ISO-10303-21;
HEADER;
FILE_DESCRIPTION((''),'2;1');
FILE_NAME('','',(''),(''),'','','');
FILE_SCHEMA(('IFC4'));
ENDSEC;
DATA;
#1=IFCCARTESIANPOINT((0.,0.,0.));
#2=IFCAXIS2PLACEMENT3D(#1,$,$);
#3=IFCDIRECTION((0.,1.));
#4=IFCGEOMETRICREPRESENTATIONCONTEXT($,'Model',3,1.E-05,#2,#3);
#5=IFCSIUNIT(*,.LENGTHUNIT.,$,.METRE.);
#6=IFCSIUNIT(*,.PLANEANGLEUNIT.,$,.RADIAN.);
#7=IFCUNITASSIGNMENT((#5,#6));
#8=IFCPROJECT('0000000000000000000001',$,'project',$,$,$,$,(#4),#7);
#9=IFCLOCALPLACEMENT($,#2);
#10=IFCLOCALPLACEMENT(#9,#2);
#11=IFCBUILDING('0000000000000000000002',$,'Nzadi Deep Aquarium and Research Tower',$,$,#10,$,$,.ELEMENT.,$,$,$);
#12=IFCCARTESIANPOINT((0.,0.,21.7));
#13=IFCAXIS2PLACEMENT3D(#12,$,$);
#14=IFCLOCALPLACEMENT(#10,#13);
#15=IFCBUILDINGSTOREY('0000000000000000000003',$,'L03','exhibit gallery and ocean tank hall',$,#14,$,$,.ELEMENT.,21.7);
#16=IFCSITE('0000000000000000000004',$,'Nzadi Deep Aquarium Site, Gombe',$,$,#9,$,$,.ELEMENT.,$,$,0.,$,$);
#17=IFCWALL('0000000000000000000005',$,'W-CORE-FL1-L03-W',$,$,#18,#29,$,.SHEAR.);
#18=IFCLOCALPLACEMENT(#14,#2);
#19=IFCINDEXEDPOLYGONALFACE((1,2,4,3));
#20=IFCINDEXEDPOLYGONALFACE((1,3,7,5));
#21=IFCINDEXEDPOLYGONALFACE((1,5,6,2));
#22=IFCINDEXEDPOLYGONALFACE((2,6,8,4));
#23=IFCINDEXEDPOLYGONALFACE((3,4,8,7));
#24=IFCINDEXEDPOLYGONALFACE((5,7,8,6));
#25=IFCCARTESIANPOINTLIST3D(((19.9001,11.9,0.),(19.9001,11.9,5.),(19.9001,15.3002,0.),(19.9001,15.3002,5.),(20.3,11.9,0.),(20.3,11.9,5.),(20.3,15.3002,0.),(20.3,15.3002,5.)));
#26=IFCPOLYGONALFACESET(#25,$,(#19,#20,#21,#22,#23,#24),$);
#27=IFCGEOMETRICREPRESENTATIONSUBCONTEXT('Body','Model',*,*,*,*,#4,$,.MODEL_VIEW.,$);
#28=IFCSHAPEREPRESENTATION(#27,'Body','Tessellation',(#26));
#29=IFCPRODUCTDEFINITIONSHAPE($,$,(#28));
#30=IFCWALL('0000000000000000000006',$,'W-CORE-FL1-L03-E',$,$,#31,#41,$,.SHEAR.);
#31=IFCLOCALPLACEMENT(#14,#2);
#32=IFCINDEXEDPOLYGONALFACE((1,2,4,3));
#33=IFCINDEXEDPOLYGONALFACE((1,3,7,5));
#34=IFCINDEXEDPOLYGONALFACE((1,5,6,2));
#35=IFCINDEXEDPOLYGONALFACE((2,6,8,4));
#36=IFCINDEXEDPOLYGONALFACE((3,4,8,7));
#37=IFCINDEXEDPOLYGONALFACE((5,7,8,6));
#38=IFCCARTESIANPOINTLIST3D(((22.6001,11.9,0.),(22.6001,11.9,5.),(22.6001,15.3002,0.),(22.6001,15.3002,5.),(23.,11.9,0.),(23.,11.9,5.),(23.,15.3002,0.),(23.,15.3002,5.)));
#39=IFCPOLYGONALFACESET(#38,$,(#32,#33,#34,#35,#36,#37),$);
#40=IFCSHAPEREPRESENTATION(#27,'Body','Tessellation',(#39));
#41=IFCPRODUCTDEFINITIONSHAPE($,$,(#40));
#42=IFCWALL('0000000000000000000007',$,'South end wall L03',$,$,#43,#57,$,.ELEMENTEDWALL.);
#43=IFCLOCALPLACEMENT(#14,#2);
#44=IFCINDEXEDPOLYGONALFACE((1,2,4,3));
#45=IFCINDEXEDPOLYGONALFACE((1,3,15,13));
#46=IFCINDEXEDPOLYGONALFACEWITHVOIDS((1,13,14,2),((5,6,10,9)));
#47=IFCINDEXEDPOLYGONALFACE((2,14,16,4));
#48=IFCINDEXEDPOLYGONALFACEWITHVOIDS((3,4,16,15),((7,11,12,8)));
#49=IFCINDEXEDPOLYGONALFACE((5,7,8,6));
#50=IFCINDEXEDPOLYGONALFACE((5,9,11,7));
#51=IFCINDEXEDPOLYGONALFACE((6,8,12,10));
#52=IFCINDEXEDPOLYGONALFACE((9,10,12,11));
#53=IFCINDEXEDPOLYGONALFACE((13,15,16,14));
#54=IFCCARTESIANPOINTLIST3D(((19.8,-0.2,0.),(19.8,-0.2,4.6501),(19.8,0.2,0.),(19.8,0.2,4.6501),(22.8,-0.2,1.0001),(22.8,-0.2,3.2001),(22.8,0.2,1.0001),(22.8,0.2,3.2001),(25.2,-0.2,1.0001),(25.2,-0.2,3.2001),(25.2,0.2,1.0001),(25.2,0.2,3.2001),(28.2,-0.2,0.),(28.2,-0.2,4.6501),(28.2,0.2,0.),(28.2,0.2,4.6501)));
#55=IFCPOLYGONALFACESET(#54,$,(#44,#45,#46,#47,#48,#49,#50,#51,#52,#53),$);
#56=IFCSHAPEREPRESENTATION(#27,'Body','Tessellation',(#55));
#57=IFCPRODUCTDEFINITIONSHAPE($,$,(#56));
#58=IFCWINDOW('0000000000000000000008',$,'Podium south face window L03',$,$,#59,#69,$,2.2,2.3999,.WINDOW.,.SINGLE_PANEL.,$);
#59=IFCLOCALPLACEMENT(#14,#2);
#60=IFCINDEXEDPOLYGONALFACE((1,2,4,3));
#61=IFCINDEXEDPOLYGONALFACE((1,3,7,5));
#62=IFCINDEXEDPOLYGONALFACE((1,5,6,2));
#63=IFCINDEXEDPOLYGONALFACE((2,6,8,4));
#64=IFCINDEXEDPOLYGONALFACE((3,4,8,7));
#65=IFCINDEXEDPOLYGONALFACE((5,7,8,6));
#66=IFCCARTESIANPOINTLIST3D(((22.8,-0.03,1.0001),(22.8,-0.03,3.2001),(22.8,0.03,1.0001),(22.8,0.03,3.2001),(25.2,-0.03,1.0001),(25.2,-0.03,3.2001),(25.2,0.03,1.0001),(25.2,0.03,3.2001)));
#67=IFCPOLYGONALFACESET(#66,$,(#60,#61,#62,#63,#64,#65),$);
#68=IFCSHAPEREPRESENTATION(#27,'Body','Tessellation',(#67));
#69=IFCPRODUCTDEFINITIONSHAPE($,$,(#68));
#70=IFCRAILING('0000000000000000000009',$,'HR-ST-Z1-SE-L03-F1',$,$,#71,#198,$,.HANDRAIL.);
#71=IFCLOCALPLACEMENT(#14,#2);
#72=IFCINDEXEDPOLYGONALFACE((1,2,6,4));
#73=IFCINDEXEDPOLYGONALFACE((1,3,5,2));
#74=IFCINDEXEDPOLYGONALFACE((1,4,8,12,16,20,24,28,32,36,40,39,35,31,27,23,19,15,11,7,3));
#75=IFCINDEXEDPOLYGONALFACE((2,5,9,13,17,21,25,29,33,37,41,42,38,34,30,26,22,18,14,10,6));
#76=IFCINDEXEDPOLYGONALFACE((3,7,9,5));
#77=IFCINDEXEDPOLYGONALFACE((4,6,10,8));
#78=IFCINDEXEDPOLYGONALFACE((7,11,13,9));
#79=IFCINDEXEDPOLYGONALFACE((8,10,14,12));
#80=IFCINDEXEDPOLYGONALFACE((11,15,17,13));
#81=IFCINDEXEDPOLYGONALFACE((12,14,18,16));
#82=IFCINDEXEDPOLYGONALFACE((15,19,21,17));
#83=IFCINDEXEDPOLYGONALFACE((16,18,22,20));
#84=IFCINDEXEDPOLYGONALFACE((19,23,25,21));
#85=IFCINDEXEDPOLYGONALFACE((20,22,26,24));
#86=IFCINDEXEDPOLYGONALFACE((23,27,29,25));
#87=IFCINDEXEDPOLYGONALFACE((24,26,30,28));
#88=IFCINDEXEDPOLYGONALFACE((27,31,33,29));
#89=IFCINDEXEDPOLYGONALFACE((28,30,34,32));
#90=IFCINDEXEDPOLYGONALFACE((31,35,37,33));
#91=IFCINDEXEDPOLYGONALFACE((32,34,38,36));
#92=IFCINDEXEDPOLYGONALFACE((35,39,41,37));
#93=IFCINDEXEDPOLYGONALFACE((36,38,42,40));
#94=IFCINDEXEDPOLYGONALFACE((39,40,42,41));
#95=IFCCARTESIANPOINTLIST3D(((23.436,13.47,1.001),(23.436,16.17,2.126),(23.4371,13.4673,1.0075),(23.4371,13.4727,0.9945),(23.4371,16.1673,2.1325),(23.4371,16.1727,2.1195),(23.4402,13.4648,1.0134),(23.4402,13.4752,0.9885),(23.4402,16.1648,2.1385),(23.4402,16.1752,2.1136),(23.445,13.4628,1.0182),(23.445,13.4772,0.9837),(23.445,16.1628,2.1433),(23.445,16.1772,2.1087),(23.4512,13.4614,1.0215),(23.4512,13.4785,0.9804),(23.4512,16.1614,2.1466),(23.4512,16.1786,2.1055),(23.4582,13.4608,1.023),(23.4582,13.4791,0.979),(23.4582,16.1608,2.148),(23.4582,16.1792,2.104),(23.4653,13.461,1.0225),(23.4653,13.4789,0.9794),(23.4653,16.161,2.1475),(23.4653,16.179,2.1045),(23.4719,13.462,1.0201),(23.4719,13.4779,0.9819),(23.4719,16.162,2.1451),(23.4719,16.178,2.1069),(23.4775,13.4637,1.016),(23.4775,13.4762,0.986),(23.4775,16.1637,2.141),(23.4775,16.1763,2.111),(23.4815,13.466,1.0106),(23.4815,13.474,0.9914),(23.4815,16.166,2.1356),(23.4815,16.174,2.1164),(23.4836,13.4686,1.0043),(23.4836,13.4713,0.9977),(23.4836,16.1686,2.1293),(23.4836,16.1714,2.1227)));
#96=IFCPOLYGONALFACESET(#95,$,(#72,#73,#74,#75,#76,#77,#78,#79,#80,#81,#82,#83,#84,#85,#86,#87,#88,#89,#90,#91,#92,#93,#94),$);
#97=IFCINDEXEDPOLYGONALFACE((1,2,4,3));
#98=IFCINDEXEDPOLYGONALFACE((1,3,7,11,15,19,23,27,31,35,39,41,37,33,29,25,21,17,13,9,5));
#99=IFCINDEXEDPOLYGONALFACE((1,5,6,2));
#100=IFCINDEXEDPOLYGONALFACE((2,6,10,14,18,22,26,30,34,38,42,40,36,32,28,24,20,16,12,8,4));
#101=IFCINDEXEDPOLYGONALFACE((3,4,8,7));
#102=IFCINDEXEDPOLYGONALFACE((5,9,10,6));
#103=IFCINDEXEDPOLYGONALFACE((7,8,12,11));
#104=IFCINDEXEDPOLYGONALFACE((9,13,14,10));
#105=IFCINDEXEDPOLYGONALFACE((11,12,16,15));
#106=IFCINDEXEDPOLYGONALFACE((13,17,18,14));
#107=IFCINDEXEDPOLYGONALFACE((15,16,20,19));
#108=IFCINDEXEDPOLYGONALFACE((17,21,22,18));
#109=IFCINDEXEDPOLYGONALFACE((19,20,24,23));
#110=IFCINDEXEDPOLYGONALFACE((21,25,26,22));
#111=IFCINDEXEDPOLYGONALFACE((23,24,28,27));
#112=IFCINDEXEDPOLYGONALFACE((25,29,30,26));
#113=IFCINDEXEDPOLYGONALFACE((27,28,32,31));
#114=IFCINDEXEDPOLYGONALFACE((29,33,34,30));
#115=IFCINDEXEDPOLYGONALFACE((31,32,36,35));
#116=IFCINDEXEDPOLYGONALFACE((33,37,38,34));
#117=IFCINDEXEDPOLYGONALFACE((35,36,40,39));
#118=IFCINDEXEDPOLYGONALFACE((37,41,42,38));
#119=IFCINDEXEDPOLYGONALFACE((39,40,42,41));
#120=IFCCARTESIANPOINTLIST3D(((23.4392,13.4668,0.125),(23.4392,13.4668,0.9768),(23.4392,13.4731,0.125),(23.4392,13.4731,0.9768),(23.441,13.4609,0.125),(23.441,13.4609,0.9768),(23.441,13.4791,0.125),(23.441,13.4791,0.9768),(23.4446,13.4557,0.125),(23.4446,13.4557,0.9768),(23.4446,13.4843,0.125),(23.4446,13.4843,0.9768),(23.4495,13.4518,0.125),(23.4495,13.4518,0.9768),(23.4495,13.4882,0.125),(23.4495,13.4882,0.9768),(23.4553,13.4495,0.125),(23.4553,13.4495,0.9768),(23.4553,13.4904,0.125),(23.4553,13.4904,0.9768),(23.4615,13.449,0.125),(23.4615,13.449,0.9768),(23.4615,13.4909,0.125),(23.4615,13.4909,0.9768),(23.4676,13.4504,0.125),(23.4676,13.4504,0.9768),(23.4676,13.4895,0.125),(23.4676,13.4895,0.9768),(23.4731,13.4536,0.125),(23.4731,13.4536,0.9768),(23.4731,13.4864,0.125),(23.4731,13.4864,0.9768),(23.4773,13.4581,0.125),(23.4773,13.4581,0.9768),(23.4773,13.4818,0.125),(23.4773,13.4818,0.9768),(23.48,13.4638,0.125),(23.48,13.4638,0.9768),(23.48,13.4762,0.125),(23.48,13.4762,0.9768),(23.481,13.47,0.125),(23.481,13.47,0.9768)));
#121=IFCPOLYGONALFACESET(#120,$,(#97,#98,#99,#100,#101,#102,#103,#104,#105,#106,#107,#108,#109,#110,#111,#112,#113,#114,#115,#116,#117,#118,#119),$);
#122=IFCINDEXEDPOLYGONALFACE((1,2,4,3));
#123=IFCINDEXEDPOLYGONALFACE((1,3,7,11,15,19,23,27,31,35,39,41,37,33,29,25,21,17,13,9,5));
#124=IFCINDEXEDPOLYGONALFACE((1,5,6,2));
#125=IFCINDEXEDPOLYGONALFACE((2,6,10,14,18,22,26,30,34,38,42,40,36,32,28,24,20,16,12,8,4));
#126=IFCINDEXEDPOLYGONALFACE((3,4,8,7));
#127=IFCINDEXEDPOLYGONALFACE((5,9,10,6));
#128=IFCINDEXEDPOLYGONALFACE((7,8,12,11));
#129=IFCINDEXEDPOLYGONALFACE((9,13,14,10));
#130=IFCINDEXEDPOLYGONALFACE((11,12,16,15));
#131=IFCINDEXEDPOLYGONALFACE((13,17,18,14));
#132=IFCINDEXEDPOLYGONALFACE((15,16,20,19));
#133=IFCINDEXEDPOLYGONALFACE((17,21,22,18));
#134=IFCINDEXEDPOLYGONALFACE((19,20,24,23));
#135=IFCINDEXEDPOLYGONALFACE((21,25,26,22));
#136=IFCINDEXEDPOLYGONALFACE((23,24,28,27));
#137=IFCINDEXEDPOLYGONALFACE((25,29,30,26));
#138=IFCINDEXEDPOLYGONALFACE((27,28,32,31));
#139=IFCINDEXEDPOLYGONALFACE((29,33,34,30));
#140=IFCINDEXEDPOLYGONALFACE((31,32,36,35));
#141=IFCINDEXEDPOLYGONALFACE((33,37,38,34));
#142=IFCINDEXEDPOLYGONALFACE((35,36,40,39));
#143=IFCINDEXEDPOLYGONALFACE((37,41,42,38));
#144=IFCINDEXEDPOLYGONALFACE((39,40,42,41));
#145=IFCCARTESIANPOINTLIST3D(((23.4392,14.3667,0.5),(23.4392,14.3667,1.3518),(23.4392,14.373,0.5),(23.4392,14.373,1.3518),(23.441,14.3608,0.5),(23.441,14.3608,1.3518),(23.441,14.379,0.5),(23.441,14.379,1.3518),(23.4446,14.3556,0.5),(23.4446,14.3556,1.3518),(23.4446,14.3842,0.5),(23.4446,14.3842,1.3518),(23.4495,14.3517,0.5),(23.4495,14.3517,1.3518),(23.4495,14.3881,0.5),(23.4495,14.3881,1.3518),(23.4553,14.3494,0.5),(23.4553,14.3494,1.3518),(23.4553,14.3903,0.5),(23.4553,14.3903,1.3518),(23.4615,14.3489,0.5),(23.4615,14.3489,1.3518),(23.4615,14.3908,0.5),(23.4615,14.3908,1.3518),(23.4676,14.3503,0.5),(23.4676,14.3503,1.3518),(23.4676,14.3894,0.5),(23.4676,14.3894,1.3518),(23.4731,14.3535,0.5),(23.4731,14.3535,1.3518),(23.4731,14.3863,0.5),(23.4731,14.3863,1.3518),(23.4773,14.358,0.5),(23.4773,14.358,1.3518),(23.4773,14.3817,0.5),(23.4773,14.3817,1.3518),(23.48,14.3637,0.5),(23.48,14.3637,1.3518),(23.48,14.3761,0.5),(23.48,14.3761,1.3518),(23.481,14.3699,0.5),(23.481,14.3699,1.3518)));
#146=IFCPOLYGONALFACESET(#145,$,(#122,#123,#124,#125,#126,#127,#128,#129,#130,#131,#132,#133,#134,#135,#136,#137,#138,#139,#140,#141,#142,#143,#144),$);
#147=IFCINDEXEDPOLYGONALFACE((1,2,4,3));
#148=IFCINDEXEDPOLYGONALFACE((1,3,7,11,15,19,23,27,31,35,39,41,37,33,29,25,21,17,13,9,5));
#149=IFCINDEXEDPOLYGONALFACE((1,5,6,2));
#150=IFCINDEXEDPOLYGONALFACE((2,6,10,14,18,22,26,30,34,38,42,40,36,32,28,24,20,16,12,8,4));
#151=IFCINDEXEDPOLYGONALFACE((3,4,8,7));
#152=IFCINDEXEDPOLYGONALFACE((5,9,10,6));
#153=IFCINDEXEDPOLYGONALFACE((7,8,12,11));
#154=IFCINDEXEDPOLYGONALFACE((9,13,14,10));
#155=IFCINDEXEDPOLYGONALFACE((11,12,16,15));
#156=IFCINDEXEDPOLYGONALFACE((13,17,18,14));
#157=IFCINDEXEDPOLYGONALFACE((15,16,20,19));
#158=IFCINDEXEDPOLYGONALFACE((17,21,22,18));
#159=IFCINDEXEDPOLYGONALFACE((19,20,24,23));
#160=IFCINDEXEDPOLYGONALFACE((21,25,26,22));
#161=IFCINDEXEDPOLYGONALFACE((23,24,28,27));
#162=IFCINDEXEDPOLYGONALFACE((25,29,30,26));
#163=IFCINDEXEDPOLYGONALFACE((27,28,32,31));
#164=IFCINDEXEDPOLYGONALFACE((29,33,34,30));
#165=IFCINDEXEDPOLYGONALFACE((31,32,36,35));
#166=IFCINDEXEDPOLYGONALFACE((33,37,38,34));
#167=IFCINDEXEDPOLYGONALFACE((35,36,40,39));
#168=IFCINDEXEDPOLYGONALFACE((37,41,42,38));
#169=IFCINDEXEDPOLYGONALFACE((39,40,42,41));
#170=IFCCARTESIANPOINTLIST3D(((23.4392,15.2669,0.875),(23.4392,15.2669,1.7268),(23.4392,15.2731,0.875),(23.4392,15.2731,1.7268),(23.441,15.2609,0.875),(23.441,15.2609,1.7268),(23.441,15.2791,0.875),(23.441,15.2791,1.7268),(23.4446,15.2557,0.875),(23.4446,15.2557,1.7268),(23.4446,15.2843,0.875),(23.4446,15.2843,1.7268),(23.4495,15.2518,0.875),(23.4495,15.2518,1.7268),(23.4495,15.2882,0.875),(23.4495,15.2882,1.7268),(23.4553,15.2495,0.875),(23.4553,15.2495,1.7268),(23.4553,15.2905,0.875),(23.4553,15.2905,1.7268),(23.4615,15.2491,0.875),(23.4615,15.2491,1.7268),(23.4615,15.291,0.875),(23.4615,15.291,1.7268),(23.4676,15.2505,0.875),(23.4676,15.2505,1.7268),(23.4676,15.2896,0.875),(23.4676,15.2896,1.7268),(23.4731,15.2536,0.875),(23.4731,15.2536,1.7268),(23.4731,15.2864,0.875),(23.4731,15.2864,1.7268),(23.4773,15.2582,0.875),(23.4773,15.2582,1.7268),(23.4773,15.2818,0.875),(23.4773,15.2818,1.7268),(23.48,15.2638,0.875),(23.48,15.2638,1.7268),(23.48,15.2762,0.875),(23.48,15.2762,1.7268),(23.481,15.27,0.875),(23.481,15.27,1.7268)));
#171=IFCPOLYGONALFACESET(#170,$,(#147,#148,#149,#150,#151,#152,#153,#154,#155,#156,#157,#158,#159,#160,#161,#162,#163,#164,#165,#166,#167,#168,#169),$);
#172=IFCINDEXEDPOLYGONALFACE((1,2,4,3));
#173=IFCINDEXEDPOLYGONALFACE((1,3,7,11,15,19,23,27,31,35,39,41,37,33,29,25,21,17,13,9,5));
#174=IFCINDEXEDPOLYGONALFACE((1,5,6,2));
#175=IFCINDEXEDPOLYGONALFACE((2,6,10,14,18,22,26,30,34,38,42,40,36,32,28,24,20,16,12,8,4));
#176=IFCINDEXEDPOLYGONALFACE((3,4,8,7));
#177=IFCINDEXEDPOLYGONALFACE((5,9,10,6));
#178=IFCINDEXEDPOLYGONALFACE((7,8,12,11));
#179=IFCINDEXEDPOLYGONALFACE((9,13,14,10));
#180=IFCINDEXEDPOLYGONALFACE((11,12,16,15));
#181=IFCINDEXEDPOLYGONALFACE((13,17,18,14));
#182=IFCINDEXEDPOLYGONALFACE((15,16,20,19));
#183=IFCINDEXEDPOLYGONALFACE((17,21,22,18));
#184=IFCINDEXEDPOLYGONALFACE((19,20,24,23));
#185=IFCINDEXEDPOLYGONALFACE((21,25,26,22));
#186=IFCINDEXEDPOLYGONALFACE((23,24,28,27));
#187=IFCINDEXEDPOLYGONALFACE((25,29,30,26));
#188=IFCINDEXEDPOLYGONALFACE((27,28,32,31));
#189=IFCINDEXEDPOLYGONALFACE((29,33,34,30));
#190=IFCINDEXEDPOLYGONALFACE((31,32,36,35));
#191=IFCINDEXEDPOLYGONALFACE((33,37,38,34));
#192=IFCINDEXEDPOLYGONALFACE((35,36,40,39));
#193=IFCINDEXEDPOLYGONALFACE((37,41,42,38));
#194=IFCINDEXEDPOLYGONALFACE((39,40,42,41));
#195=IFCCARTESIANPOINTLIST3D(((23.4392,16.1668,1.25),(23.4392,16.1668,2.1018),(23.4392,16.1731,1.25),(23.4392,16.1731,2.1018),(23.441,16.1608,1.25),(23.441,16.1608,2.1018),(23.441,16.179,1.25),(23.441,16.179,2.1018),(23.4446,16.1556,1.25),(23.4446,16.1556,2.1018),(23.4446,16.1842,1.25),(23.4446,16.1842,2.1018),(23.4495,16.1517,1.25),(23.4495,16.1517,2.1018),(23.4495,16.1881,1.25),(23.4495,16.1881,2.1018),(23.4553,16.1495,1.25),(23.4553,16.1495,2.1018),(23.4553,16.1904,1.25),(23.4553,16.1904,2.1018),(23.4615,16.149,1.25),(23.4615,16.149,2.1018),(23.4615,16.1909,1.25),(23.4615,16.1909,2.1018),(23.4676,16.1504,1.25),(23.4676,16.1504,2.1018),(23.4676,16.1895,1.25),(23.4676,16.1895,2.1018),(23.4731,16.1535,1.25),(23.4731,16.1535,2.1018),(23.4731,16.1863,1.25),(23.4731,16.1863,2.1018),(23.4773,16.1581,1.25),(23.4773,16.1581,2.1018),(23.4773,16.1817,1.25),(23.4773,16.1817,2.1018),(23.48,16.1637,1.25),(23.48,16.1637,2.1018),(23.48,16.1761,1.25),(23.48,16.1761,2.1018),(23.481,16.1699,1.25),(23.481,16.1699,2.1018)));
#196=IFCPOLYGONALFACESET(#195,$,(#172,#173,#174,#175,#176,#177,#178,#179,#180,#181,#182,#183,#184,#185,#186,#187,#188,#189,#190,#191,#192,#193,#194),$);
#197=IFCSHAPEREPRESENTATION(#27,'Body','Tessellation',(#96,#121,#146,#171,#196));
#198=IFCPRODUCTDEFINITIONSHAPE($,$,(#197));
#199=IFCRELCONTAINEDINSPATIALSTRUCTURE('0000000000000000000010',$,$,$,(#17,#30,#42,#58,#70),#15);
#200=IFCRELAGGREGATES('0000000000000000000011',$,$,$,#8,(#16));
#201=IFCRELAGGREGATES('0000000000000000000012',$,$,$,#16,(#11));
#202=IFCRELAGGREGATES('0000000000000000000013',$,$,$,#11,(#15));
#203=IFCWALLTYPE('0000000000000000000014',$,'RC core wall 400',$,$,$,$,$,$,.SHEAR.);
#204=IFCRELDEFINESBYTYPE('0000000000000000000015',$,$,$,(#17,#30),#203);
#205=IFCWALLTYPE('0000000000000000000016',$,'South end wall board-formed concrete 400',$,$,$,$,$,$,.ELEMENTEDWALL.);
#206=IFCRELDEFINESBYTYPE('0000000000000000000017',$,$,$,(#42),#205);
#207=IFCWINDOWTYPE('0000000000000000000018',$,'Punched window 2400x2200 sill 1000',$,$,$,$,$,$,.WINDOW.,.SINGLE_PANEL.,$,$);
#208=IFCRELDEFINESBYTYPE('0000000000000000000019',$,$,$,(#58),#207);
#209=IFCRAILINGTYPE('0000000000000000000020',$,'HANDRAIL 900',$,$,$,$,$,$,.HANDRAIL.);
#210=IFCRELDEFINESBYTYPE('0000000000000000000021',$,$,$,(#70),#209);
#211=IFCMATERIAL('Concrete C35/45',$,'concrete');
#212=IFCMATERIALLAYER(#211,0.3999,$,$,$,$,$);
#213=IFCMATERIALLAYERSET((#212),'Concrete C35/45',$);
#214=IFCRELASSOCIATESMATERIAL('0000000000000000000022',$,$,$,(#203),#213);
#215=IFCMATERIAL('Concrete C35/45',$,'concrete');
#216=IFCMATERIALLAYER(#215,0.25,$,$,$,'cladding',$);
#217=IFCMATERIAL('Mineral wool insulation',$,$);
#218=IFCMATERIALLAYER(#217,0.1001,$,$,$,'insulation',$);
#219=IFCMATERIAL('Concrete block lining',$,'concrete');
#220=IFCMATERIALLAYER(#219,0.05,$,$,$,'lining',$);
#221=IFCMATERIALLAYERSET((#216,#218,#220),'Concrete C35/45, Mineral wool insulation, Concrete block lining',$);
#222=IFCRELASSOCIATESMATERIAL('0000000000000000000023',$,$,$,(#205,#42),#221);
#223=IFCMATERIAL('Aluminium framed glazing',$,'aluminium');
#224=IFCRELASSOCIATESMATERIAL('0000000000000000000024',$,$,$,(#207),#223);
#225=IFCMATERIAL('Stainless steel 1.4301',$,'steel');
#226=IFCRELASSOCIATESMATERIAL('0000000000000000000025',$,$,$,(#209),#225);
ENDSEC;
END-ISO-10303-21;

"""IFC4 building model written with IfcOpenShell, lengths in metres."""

from ifc_helpers import new_model, si_unit, direction, frame, frame_2d, origin, origin_2d, place, context, subcontext, project, spatial, rectangle, circle, extrude, material, layer, layer_set, layer_usage, type_object, element, fill, save


model = new_model("IFC4")

# Units and contexts
model_context = context("Model", 3, precision=1e-05, world=origin(), true_north=direction((0.0, 1.0)))
body_context = subcontext(model_context, "Body", "Model", "MODEL_VIEW")
ifc_project = project(units=[si_unit("LENGTHUNIT", "METRE"), si_unit("PLANEANGLEUNIT", "RADIAN")], contexts=[model_context])

# Site, building, storey
site_placement = place(None, origin())
site = spatial("IfcSite", under=ifc_project, at=site_placement, Name="Nzadi Deep Aquarium Site, Gombe", CompositionType="ELEMENT", RefElevation=0.0)
building_placement = place(site_placement, origin())
building = spatial("IfcBuilding", under=site, at=building_placement, Name="Nzadi Deep Aquarium and Research Tower", CompositionType="ELEMENT")
storey_placement = place(building_placement, frame((0.0, 0.0, 21.7)))
storey = spatial("IfcBuildingStorey", under=building, at=storey_placement, Name="L03", Description="exhibit gallery and ocean tank hall", CompositionType="ELEMENT", Elevation=21.7)

# Shared definitions
ifc_material_1 = material(Name="Concrete C35/45", Category="concrete")
ifc_layer_1 = layer(ifc_material_1, 0.3999)
ifc_layer_set_1 = layer_set([ifc_layer_1], Name="Concrete C35/45")
wall_type_1 = type_object("IfcWallType", Name="RC core wall 400", PredefinedType="SHEAR", material=ifc_layer_set_1)

# Walls
for number, where, z_axis, x_axis, name in (
    (1, (20.1001, 11.8999, 0.0), (0.0, 0.0, 1.0), (0.0, 1.0, 0.0), "W-CORE-FL1-L03-W"),
    (2, (22.8, 11.8999, 0.0), (0.0, 0.0, 1.0), (0.0, 1.0, 0.0), "W-CORE-FL1-L03-E"),
):
    element("IfcWall", number, at=place(storey_placement, frame(where, z_axis=z_axis, x_axis=x_axis)), inside=storey, type_object=wall_type_1, Name=name, PredefinedType="SHEAR", context=body_context, shape_type="SweptSolid", body=[
        extrude(rectangle(XDim=3.4001, YDim=0.3999, at=frame_2d((1.7002, 0.0))), origin(), (0.0, 0.0, 1.0), 5.0),
    ])

# Wall, opening, window
ifc_material_2 = material(Name="Concrete C35/45", Category="concrete")
ifc_layer_2 = layer(ifc_material_2, 0.25, Category="cladding")
ifc_material_3 = material(Name="Mineral wool insulation")
ifc_layer_3 = layer(ifc_material_3, 0.1001, Category="insulation")
ifc_material_4 = material(Name="Concrete block lining", Category="concrete")
ifc_layer_4 = layer(ifc_material_4, 0.05, Category="lining")
ifc_layer_set_2 = layer_set([ifc_layer_2, ifc_layer_3, ifc_layer_4], Name="Concrete C35/45, Mineral wool insulation, Concrete block lining")
ifc_layer_usage = layer_usage(ifc_layer_set_2, "AXIS2", "POSITIVE", -0.2)
wall_type_2 = type_object("IfcWallType", Name="South end wall board-formed concrete 400", PredefinedType="ELEMENTEDWALL", material=ifc_layer_set_2)
wall_1_placement = place(storey_placement, frame((19.8, 0.0, 0.0), z_axis=(0.0, 0.0, 1.0), x_axis=(1.0, 0.0, 0.0)))
wall_1 = element("IfcWall", 3, at=wall_1_placement, inside=storey, type_object=wall_type_2, material=ifc_layer_usage, Name="South end wall L03", PredefinedType="ELEMENTEDWALL", context=body_context, shape_type="SweptSolid", body=[
    extrude(rectangle(XDim=8.3999, YDim=0.3999, at=frame_2d((4.2, 0.0))), origin(), (0.0, 0.0, 1.0), 4.6501),
])
opening_1_placement = place(wall_1_placement, frame((3.0, 0.0, 1.0)))
opening_1 = element("IfcOpeningElement", 4, at=opening_1_placement, cuts=wall_1, PredefinedType="OPENING", context=body_context, shape_type="SweptSolid", body=[
    extrude(rectangle(XDim=2.3999, YDim=2.2, at=frame_2d((1.2, 1.1001))), frame((0.0, 0.21, 0.0), z_axis=(0.0, -1.0, 0.0), x_axis=(1.0, 0.0, 0.0)), (0.0, 0.0, 1.0), 0.4199),
])
ifc_material_5 = material(Name="Aluminium framed glazing", Category="aluminium")
window_type = type_object("IfcWindowType", Name="Punched window 2400x2200 sill 1000", PartitioningType="SINGLE_PANEL", PredefinedType="WINDOW", material=ifc_material_5)
window_placement = place(opening_1_placement, origin())
window = element("IfcWindow", 5, at=window_placement, inside=storey, type_object=window_type, Name="Podium south face window L03", OverallHeight=2.2, OverallWidth=2.3999, PartitioningType="SINGLE_PANEL", PredefinedType="WINDOW", context=body_context, shape_type="SweptSolid", body=[
    extrude(rectangle(XDim=2.3999, YDim=2.2, at=frame_2d((1.2, 1.1001))), frame((0.0, 0.03, 0.0), z_axis=(0.0, -1.0, 0.0), x_axis=(1.0, 0.0, 0.0)), (0.0, 0.0, 1.0), 0.0601),
])
fill(opening_1, window)

# Railing
ifc_material_6 = material(Name="Stainless steel 1.4301", Category="steel")
railing_type = type_object("IfcRailingType", Name="HANDRAIL 900", PredefinedType="HANDRAIL", material=ifc_material_6)
for number, where, name in (
    (6, (23.46, 13.47, 0.125), "HR-ST-Z1-SE-L03-F1"),
):
    element("IfcRailing", number, at=place(storey_placement, frame(where)), inside=storey, type_object=railing_type, Name=name, PredefinedType="HANDRAIL", context=body_context, shape_type="SweptSolid", body=[
        extrude(circle(Radius=0.0239, at=origin_2d()), frame((0.0, 0.0, 0.876), z_axis=(0.0, 0.923074, 0.384621), x_axis=(-1.0, 0.0, 0.0)), (0.0, 0.0, 1.0), 2.925),
        extrude(circle(Radius=0.021, at=origin_2d()), origin(), (0.0, 0.0, 1.0), 0.8518),
        extrude(circle(Radius=0.021, at=origin_2d()), frame((0.0, 0.8999, 0.375)), (0.0, 0.0, 1.0), 0.8518),
        extrude(circle(Radius=0.021, at=origin_2d()), frame((0.0, 1.8, 0.75)), (0.0, 0.0, 1.0), 0.8518),
        extrude(circle(Radius=0.021, at=origin_2d()), frame((0.0, 2.7, 1.125)), (0.0, 0.0, 1.0), 0.8518),
    ])

save(model, "model.ifc")
